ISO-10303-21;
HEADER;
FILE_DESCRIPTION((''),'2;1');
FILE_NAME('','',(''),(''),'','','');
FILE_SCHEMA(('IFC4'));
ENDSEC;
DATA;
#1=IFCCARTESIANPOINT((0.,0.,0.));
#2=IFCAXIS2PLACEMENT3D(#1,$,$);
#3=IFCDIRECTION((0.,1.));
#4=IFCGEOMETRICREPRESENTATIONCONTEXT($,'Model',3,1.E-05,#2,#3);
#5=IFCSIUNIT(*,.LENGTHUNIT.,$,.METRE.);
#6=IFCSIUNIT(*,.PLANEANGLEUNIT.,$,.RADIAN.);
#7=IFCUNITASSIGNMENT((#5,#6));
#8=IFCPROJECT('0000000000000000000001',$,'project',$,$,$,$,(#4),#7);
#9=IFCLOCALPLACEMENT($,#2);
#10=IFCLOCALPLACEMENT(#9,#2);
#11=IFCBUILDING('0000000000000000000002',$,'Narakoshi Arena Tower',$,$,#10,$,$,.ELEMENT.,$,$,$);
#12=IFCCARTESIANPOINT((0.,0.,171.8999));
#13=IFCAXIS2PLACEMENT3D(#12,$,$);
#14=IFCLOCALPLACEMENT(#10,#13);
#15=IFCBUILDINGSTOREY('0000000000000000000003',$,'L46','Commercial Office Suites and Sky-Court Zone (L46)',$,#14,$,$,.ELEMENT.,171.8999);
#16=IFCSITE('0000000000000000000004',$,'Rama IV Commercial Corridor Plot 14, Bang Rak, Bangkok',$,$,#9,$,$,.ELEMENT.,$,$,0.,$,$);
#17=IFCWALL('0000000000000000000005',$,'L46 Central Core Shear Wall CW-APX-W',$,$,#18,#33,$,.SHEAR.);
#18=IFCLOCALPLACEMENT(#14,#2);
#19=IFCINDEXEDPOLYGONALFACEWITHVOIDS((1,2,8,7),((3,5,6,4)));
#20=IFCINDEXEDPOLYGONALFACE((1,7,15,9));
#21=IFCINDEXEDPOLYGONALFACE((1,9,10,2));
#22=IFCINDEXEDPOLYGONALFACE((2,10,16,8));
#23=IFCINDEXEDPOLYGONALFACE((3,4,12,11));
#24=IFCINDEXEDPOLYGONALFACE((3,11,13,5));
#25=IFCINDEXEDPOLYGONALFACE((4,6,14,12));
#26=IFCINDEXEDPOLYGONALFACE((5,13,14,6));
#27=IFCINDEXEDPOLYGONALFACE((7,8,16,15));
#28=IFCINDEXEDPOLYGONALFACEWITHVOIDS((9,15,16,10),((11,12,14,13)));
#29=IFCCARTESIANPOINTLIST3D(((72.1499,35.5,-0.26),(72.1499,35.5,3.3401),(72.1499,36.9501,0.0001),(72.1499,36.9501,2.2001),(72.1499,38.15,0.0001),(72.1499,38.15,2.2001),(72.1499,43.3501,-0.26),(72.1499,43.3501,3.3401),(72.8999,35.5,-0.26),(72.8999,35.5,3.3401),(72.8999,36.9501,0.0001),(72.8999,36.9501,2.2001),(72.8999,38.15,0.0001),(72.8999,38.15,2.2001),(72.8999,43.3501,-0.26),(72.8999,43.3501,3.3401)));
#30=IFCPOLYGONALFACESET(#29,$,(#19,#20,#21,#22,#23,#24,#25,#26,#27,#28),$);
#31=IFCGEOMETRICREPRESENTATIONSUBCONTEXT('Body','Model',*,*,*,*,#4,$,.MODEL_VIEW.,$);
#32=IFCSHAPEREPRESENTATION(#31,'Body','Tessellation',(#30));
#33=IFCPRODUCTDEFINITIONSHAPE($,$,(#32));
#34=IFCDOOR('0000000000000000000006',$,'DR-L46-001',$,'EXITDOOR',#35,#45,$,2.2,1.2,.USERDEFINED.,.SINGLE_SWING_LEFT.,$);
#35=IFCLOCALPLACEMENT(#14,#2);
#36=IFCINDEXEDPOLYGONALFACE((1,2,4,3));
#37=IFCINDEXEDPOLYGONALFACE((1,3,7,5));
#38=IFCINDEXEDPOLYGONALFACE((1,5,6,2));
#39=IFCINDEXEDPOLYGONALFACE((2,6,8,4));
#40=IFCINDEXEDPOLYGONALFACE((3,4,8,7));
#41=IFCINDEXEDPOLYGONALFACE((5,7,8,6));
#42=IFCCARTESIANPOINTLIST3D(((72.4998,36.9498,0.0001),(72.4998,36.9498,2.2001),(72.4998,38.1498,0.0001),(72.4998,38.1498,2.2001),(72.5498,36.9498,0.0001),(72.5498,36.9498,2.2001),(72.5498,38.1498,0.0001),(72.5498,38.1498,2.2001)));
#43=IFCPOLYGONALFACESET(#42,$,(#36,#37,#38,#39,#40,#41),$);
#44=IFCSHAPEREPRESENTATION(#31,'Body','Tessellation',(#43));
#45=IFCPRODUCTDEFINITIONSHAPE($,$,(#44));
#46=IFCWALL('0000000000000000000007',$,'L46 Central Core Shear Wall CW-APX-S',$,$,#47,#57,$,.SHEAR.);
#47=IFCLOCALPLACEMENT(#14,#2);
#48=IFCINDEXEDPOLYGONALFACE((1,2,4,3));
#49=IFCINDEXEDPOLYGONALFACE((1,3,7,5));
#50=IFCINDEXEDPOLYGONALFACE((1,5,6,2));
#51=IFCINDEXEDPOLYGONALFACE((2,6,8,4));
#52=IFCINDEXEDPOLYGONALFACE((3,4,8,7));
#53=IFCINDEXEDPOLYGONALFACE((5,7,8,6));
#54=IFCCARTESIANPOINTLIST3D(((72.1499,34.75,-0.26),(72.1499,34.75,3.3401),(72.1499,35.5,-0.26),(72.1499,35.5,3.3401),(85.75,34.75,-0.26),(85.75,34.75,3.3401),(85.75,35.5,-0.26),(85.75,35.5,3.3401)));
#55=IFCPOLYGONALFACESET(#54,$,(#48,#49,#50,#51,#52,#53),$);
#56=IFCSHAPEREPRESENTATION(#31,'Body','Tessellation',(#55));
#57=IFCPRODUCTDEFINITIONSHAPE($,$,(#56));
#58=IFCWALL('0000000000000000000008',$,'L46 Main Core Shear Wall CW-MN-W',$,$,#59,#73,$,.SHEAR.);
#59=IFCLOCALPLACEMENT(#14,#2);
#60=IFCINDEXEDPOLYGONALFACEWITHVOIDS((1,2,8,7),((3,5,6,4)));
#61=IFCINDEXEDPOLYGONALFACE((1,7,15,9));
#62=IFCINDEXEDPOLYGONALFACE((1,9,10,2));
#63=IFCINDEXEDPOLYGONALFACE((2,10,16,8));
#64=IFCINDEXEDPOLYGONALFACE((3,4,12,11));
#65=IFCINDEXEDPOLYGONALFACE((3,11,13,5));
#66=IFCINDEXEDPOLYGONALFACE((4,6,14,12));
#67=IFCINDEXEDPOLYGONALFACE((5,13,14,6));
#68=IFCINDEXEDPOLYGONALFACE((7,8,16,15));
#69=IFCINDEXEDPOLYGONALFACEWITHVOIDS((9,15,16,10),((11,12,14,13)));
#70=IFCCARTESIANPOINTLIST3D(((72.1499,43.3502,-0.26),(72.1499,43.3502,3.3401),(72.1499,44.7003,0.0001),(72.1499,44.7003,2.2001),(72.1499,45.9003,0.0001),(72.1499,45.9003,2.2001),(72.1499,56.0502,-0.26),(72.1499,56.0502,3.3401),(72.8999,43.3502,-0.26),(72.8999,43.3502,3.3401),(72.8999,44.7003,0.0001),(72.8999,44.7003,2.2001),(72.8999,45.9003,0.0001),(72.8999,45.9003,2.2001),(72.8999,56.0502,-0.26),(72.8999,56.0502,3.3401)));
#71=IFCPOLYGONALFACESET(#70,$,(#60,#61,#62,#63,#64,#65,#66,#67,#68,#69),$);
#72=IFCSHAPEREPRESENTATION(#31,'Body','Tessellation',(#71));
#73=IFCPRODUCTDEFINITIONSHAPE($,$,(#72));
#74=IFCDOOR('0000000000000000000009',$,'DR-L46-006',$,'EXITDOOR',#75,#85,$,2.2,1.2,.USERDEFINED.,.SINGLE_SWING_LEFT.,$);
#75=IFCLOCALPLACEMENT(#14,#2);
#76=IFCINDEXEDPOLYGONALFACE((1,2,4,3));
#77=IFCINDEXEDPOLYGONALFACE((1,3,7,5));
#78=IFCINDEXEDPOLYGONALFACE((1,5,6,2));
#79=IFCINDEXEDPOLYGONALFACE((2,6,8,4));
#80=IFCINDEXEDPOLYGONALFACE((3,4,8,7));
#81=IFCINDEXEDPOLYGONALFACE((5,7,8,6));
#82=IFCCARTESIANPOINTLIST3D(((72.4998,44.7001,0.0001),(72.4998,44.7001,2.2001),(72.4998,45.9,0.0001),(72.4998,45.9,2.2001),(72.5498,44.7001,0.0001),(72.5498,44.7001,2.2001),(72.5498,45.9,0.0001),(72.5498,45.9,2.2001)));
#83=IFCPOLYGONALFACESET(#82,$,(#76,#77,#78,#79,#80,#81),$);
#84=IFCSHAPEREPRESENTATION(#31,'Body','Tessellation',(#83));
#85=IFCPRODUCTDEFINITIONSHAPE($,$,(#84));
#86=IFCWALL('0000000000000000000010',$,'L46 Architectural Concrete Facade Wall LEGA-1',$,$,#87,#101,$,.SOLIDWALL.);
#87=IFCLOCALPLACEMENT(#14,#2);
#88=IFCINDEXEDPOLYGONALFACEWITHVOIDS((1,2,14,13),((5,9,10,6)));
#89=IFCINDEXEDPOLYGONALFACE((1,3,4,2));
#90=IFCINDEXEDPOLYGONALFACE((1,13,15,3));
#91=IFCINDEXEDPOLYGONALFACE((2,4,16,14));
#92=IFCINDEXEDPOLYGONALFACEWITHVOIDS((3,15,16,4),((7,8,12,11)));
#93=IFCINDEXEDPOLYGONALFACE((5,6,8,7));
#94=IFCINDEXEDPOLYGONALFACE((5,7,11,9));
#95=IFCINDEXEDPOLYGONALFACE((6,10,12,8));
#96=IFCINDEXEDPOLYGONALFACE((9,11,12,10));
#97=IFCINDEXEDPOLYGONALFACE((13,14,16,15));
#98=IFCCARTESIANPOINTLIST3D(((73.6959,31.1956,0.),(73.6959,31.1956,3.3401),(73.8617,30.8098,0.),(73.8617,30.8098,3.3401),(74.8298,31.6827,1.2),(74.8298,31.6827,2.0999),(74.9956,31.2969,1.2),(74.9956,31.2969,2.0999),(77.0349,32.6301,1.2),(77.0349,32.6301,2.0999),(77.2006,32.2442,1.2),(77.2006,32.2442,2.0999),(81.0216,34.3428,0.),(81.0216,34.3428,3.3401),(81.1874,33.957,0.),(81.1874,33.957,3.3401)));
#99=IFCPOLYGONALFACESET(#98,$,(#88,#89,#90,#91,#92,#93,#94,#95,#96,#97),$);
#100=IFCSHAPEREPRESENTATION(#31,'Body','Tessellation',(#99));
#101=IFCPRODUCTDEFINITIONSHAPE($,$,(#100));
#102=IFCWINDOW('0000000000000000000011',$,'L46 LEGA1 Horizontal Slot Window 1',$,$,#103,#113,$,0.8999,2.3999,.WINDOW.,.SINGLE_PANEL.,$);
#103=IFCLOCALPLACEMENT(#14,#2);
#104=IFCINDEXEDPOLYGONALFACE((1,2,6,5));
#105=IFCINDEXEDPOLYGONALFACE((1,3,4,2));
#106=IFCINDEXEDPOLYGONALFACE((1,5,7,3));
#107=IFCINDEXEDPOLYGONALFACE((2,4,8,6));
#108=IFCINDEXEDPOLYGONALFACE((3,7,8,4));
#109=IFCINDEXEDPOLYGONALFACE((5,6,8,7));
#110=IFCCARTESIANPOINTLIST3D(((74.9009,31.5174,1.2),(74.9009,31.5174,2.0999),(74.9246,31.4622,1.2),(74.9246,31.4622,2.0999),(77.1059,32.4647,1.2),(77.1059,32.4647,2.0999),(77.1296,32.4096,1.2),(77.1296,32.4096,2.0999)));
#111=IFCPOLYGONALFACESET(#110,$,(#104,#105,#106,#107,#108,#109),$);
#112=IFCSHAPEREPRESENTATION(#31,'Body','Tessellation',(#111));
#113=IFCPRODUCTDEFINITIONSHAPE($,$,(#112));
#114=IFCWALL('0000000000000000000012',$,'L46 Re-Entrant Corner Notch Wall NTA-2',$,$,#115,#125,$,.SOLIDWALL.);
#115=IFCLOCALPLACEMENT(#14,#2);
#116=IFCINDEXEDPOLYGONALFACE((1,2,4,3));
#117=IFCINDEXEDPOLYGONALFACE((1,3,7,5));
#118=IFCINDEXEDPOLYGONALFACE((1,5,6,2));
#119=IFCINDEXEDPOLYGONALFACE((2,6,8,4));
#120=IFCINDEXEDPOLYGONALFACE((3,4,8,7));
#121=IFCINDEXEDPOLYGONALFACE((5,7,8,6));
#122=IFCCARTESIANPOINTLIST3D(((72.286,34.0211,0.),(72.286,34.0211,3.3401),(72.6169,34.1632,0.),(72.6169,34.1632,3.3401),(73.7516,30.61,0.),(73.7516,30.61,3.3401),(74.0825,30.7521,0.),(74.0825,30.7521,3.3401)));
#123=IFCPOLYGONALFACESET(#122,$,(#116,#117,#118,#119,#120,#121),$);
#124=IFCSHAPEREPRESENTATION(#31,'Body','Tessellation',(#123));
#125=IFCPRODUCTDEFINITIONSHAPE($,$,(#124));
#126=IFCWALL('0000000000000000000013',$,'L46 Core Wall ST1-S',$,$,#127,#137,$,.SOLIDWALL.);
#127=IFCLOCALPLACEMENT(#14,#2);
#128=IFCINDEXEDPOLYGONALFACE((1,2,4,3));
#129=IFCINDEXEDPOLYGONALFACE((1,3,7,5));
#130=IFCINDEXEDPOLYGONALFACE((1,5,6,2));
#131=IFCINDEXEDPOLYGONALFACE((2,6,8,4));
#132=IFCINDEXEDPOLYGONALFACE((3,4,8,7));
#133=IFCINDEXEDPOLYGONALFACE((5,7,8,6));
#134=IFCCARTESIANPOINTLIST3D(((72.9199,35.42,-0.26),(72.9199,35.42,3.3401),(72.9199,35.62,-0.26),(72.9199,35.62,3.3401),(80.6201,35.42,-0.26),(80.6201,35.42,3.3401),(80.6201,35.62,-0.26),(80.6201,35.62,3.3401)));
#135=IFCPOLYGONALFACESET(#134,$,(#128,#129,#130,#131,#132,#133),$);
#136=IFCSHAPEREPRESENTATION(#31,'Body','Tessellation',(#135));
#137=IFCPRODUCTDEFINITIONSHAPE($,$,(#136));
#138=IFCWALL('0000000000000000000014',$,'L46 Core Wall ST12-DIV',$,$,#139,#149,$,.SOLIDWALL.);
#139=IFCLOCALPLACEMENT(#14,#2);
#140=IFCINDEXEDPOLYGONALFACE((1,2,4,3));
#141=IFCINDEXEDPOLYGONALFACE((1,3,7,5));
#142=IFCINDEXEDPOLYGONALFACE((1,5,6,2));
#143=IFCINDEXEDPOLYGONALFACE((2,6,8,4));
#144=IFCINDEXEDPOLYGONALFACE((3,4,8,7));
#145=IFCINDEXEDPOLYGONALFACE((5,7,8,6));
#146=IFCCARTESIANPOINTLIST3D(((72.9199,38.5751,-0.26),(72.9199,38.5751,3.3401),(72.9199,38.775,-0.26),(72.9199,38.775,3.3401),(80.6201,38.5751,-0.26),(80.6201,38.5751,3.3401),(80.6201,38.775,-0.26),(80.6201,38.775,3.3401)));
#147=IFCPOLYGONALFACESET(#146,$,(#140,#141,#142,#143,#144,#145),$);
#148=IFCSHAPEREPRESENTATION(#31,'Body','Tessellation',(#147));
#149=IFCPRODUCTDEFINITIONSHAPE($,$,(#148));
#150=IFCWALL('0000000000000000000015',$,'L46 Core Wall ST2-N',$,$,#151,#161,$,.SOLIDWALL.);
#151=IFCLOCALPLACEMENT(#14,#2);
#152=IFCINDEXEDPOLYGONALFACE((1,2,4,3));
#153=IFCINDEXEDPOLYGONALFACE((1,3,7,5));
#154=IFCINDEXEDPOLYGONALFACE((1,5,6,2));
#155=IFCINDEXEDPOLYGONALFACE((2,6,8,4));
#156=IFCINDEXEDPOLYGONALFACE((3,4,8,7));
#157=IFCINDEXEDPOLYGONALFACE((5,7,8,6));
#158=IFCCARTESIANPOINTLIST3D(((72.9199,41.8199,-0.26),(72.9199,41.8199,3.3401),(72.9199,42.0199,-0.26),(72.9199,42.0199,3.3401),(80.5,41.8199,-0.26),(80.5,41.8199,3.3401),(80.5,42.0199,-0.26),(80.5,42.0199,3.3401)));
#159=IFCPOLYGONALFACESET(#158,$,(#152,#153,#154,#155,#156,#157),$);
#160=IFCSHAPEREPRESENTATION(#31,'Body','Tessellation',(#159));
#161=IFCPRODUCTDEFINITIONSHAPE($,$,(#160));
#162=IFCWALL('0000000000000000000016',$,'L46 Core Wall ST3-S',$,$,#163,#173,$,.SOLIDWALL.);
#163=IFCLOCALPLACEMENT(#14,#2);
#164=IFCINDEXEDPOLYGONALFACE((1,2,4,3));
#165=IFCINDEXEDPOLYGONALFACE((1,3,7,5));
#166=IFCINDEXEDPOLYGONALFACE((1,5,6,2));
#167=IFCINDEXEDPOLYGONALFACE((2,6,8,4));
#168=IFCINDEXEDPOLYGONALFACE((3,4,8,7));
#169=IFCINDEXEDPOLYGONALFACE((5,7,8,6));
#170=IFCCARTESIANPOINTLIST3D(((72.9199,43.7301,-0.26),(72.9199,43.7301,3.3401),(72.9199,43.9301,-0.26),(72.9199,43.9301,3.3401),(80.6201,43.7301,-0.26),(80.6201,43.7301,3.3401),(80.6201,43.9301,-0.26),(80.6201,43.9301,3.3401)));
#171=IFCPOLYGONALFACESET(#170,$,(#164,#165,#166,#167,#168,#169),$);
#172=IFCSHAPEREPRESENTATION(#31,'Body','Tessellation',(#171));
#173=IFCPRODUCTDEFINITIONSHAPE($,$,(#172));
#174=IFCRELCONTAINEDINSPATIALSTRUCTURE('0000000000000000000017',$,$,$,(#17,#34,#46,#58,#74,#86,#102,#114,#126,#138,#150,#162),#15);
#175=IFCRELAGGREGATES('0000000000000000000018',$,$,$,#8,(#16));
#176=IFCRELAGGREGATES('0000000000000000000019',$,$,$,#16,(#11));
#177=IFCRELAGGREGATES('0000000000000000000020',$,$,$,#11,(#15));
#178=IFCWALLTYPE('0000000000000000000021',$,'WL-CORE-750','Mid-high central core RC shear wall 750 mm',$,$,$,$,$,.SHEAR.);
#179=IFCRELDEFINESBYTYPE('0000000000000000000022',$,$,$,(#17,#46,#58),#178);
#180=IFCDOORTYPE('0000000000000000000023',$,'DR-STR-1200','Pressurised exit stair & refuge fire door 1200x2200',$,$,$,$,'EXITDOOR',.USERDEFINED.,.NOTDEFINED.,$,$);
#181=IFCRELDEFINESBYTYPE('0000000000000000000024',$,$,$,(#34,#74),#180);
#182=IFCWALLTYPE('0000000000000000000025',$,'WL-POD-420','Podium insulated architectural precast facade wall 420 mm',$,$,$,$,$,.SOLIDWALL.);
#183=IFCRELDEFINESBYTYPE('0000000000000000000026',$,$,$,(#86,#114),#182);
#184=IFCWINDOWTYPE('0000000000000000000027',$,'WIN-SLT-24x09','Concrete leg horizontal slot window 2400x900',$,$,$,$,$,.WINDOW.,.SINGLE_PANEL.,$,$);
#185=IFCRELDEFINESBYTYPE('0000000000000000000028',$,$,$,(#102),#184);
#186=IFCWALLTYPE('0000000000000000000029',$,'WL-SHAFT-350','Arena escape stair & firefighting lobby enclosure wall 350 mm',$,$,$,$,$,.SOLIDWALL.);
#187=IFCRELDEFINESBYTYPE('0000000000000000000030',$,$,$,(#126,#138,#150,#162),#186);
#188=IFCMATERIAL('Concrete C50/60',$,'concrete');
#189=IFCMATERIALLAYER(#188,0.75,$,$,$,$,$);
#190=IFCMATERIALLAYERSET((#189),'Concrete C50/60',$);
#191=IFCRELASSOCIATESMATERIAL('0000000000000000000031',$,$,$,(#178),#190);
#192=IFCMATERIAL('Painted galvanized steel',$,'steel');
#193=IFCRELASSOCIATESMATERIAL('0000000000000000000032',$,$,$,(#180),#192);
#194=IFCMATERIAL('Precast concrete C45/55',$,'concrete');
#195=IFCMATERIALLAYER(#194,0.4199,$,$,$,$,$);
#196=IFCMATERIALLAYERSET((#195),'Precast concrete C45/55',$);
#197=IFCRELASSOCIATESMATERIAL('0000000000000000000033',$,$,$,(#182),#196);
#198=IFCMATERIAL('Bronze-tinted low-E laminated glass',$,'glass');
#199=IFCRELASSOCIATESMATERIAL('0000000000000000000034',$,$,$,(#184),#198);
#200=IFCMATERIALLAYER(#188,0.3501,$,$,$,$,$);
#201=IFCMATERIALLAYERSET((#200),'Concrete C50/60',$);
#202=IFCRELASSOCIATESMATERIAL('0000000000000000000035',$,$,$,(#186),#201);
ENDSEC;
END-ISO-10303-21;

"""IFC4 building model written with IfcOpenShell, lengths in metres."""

from ifc_helpers import new_model, si_unit, direction, frame, frame_2d, origin, place, context, subcontext, project, spatial, rectangle, extrude, material, layer, layer_set, type_object, element, fill, save


model = new_model("IFC4")

# Units and contexts
model_context = context("Model", 3, precision=1e-05, world=origin(), true_north=direction((0.0, 1.0)))
body_context = subcontext(model_context, "Body", "Model", "MODEL_VIEW")
ifc_project = project(units=[si_unit("LENGTHUNIT", "METRE"), si_unit("PLANEANGLEUNIT", "RADIAN")], contexts=[model_context])

# Site, building, storey
site_placement = place(None, origin())
site = spatial("IfcSite", under=ifc_project, at=site_placement, Name="Rama IV Commercial Corridor Plot 14, Bang Rak, Bangkok", CompositionType="ELEMENT", RefElevation=0.0)
building_placement = place(site_placement, origin())
building = spatial("IfcBuilding", under=site, at=building_placement, Name="Narakoshi Arena Tower", CompositionType="ELEMENT")
storey_placement = place(building_placement, frame((0.0, 0.0, 171.8999)))
storey = spatial("IfcBuildingStorey", under=building, at=storey_placement, Name="L46", Description="Commercial Office Suites and Sky-Court Zone (L46)", CompositionType="ELEMENT", Elevation=171.8999)

# Wall, opening, door
ifc_material_1 = material(Name="Concrete C50/60", Category="concrete")
ifc_layer_1 = layer(ifc_material_1, 0.75)
ifc_layer_set_1 = layer_set([ifc_layer_1], Name="Concrete C50/60")
wall_type_1 = type_object("IfcWallType", Name="WL-CORE-750", Description="Mid-high central core RC shear wall 750 mm", PredefinedType="SHEAR", material=ifc_layer_set_1)
wall_1_placement = place(storey_placement, frame((72.5249, 35.5, -0.26), z_axis=(0.0, 0.0, 1.0), x_axis=(0.0, 1.0, 0.0)))
wall_1 = element("IfcWall", 1, at=wall_1_placement, inside=storey, type_object=wall_type_1, Name="L46 Central Core Shear Wall CW-APX-W", PredefinedType="SHEAR", context=body_context, shape_type="SweptSolid", body=[
    extrude(rectangle(XDim=7.8501, YDim=0.75, at=frame_2d((3.925, 0.0))), origin(), (0.0, 0.0, 1.0), 3.6001),
])
opening_1_placement = place(wall_1_placement, frame((1.45, 0.0, 0.26)))
opening_1 = element("IfcOpeningElement", 2, at=opening_1_placement, cuts=wall_1, PredefinedType="OPENING", context=body_context, shape_type="SweptSolid", body=[
    extrude(rectangle(XDim=1.2, YDim=2.2, at=frame_2d((0.6001, 1.1001))), frame((0.0, 0.385, 0.0), z_axis=(0.0, -1.0, 0.0), x_axis=(1.0, 0.0, 0.0)), (0.0, 0.0, 1.0), 0.77),
])
ifc_material_2 = material(Name="Painted galvanized steel", Category="steel")
door_type = type_object("IfcDoorType", Name="DR-STR-1200", Description="Pressurised exit stair & refuge fire door 1200x2200", ElementType="EXITDOOR", OperationType="NOTDEFINED", PredefinedType="USERDEFINED", material=ifc_material_2)
door_1_placement = place(opening_1_placement, frame((1.2, 0.0, 0.0), z_axis=(0.0, 0.0, 1.0), x_axis=(-1.0, 0.0, 0.0)))
door_1 = element("IfcDoor", 3, at=door_1_placement, inside=storey, type_object=door_type, Name="DR-L46-001", ObjectType="EXITDOOR", OperationType="SINGLE_SWING_LEFT", OverallHeight=2.2, OverallWidth=1.2, PredefinedType="USERDEFINED", context=body_context, shape_type="SweptSolid", body=[
    extrude(rectangle(XDim=1.2, YDim=2.2, at=frame_2d((0.6001, 1.1001))), frame((0.0, 0.0249, 0.0), z_axis=(0.0, -1.0, 0.0), x_axis=(1.0, 0.0, 0.0)), (0.0, 0.0, 1.0), 0.05),
])
fill(opening_1, door_1)

# Wall
wall_2_placement = place(storey_placement, frame((72.1499, 35.125, -0.26), z_axis=(0.0, 0.0, 1.0), x_axis=(1.0, 0.0, 0.0)))
element("IfcWall", 4, at=wall_2_placement, inside=storey, type_object=wall_type_1, Name="L46 Central Core Shear Wall CW-APX-S", PredefinedType="SHEAR", context=body_context, shape_type="SweptSolid", body=[
    extrude(rectangle(XDim=13.6001, YDim=0.75, at=frame_2d((6.8, 0.0))), origin(), (0.0, 0.0, 1.0), 3.6001),
])

# Wall, opening, door
wall_3_placement = place(storey_placement, frame((72.5249, 43.3501, -0.26), z_axis=(0.0, 0.0, 1.0), x_axis=(0.0, 1.0, 0.0)))
wall_3 = element("IfcWall", 5, at=wall_3_placement, inside=storey, type_object=wall_type_1, Name="L46 Main Core Shear Wall CW-MN-W", PredefinedType="SHEAR", context=body_context, shape_type="SweptSolid", body=[
    extrude(rectangle(XDim=12.7, YDim=0.75, at=frame_2d((6.3501, 0.0))), origin(), (0.0, 0.0, 1.0), 3.6001),
])
opening_2_placement = place(wall_3_placement, frame((1.3501, 0.0, 0.26)))
opening_2 = element("IfcOpeningElement", 6, at=opening_2_placement, cuts=wall_3, PredefinedType="OPENING", context=body_context, shape_type="SweptSolid", body=[
    extrude(rectangle(XDim=1.2, YDim=2.2, at=frame_2d((0.6001, 1.1001))), frame((0.0, 0.385, 0.0), z_axis=(0.0, -1.0, 0.0), x_axis=(1.0, 0.0, 0.0)), (0.0, 0.0, 1.0), 0.77),
])
door_2_placement = place(opening_2_placement, frame((1.2, 0.0, 0.0), z_axis=(0.0, 0.0, 1.0), x_axis=(-1.0, 0.0, 0.0)))
door_2 = element("IfcDoor", 7, at=door_2_placement, inside=storey, type_object=door_type, Name="DR-L46-006", ObjectType="EXITDOOR", OperationType="SINGLE_SWING_LEFT", OverallHeight=2.2, OverallWidth=1.2, PredefinedType="USERDEFINED", context=body_context, shape_type="SweptSolid", body=[
    extrude(rectangle(XDim=1.2, YDim=2.2, at=frame_2d((0.6001, 1.1001))), frame((0.0, 0.0249, 0.0), z_axis=(0.0, -1.0, 0.0), x_axis=(1.0, 0.0, 0.0)), (0.0, 0.0, 1.0), 0.05),
])
fill(opening_2, door_2)

# Wall, opening, window
ifc_material_3 = material(Name="Precast concrete C45/55", Category="concrete")
ifc_layer_2 = layer(ifc_material_3, 0.4199)
ifc_layer_set_2 = layer_set([ifc_layer_2], Name="Precast concrete C45/55")
wall_type_2 = type_object("IfcWallType", Name="WL-POD-420", Description="Podium insulated architectural precast facade wall 420 mm", PredefinedType="SOLIDWALL", material=ifc_layer_set_2)
wall_4_placement = place(storey_placement, frame((73.7788, 31.0027, 0.0), z_axis=(0.0, 0.0, 1.0), x_axis=(0.918798, 0.394728, 0.0)))
wall_4 = element("IfcWall", 8, at=wall_4_placement, inside=storey, type_object=wall_type_2, Name="L46 Architectural Concrete Facade Wall LEGA-1", PredefinedType="SOLIDWALL", context=body_context, shape_type="SweptSolid", body=[
    extrude(rectangle(XDim=7.9731, YDim=0.4199, at=frame_2d((3.9866, 0.0))), origin(), (0.0, 0.0, 1.0), 3.3401),
])
opening_3_placement = place(wall_4_placement, frame((1.2341, 0.0, 1.2)))
opening_3 = element("IfcOpeningElement", 9, at=opening_3_placement, cuts=wall_4, PredefinedType="OPENING", context=body_context, shape_type="SweptSolid", body=[
    extrude(rectangle(XDim=2.3999, YDim=0.8999, at=frame_2d((1.2, 0.45))), frame((0.0, 0.22, 0.0), z_axis=(0.0, -1.0, 0.0), x_axis=(1.0, 0.0, 0.0)), (0.0, 0.0, 1.0), 0.4399),
])
ifc_material_4 = material(Name="Bronze-tinted low-E laminated glass", Category="glass")
window_type = type_object("IfcWindowType", Name="WIN-SLT-24x09", Description="Concrete leg horizontal slot window 2400x900", PartitioningType="SINGLE_PANEL", PredefinedType="WINDOW", material=ifc_material_4)
window_placement = place(opening_3_placement, origin())
window = element("IfcWindow", 10, at=window_placement, inside=storey, type_object=window_type, Name="L46 LEGA1 Horizontal Slot Window 1", OverallHeight=0.8999, OverallWidth=2.3999, PartitioningType="SINGLE_PANEL", PredefinedType="WINDOW", context=body_context, shape_type="SweptSolid", body=[
    extrude(rectangle(XDim=2.3999, YDim=0.8999, at=frame_2d((1.2, 0.45))), frame((0.0, 0.03, 0.0), z_axis=(0.0, -1.0, 0.0), x_axis=(1.0, 0.0, 0.0)), (0.0, 0.0, 1.0), 0.0601),
])
fill(opening_3, window)

# Walls
wall_5_placement = place(storey_placement, frame((72.4514, 34.0923, 0.0), z_axis=(0.0, 0.0, 1.0), x_axis=(0.394752, -0.918788, 0.0)))
element("IfcWall", 11, at=wall_5_placement, inside=storey, type_object=wall_type_2, Name="L46 Re-Entrant Corner Notch Wall NTA-2", PredefinedType="SOLIDWALL", context=body_context, shape_type="SweptSolid", body=[
    extrude(rectangle(XDim=3.7126, YDim=0.3601, at=frame_2d((1.8564, 0.0))), origin(), (0.0, 0.0, 1.0), 3.3401),
])
ifc_layer_3 = layer(ifc_material_1, 0.3501)
ifc_layer_set_3 = layer_set([ifc_layer_3], Name="Concrete C50/60")
wall_type_3 = type_object("IfcWallType", Name="WL-SHAFT-350", Description="Arena escape stair & firefighting lobby enclosure wall 350 mm", PredefinedType="SOLIDWALL", material=ifc_layer_set_3)
for number, where, z_axis, x_axis, name in (
    (12, (72.9199, 35.52, -0.26), (0.0, 0.0, 1.0), (1.0, 0.0, 0.0), "L46 Core Wall ST1-S"),
    (13, (72.9199, 38.675, -0.26), (0.0, 0.0, 1.0), (1.0, 0.0, 0.0), "L46 Core Wall ST12-DIV"),
):
    element("IfcWall", number, at=place(storey_placement, frame(where, z_axis=z_axis, x_axis=x_axis)), inside=storey, type_object=wall_type_3, Name=name, PredefinedType="SOLIDWALL", context=body_context, shape_type="SweptSolid", body=[
        extrude(rectangle(XDim=7.7002, YDim=0.2, at=frame_2d((3.8501, 0.0))), origin(), (0.0, 0.0, 1.0), 3.6001),
    ])
wall_6_placement = place(storey_placement, frame((72.9199, 41.9199, -0.26), z_axis=(0.0, 0.0, 1.0), x_axis=(1.0, 0.0, 0.0)))
element("IfcWall", 14, at=wall_6_placement, inside=storey, type_object=wall_type_3, Name="L46 Core Wall ST2-N", PredefinedType="SOLIDWALL", context=body_context, shape_type="SweptSolid", body=[
    extrude(rectangle(XDim=7.5801, YDim=0.2, at=frame_2d((3.79, 0.0))), origin(), (0.0, 0.0, 1.0), 3.6001),
])
wall_7_placement = place(storey_placement, frame((72.9199, 43.8301, -0.26), z_axis=(0.0, 0.0, 1.0), x_axis=(1.0, 0.0, 0.0)))
element("IfcWall", 15, at=wall_7_placement, inside=storey, type_object=wall_type_3, Name="L46 Core Wall ST3-S", PredefinedType="SOLIDWALL", context=body_context, shape_type="SweptSolid", body=[
    extrude(rectangle(XDim=7.7002, YDim=0.2, at=frame_2d((3.8501, 0.0))), origin(), (0.0, 0.0, 1.0), 3.6001),
])

save(model, "model.ifc")
